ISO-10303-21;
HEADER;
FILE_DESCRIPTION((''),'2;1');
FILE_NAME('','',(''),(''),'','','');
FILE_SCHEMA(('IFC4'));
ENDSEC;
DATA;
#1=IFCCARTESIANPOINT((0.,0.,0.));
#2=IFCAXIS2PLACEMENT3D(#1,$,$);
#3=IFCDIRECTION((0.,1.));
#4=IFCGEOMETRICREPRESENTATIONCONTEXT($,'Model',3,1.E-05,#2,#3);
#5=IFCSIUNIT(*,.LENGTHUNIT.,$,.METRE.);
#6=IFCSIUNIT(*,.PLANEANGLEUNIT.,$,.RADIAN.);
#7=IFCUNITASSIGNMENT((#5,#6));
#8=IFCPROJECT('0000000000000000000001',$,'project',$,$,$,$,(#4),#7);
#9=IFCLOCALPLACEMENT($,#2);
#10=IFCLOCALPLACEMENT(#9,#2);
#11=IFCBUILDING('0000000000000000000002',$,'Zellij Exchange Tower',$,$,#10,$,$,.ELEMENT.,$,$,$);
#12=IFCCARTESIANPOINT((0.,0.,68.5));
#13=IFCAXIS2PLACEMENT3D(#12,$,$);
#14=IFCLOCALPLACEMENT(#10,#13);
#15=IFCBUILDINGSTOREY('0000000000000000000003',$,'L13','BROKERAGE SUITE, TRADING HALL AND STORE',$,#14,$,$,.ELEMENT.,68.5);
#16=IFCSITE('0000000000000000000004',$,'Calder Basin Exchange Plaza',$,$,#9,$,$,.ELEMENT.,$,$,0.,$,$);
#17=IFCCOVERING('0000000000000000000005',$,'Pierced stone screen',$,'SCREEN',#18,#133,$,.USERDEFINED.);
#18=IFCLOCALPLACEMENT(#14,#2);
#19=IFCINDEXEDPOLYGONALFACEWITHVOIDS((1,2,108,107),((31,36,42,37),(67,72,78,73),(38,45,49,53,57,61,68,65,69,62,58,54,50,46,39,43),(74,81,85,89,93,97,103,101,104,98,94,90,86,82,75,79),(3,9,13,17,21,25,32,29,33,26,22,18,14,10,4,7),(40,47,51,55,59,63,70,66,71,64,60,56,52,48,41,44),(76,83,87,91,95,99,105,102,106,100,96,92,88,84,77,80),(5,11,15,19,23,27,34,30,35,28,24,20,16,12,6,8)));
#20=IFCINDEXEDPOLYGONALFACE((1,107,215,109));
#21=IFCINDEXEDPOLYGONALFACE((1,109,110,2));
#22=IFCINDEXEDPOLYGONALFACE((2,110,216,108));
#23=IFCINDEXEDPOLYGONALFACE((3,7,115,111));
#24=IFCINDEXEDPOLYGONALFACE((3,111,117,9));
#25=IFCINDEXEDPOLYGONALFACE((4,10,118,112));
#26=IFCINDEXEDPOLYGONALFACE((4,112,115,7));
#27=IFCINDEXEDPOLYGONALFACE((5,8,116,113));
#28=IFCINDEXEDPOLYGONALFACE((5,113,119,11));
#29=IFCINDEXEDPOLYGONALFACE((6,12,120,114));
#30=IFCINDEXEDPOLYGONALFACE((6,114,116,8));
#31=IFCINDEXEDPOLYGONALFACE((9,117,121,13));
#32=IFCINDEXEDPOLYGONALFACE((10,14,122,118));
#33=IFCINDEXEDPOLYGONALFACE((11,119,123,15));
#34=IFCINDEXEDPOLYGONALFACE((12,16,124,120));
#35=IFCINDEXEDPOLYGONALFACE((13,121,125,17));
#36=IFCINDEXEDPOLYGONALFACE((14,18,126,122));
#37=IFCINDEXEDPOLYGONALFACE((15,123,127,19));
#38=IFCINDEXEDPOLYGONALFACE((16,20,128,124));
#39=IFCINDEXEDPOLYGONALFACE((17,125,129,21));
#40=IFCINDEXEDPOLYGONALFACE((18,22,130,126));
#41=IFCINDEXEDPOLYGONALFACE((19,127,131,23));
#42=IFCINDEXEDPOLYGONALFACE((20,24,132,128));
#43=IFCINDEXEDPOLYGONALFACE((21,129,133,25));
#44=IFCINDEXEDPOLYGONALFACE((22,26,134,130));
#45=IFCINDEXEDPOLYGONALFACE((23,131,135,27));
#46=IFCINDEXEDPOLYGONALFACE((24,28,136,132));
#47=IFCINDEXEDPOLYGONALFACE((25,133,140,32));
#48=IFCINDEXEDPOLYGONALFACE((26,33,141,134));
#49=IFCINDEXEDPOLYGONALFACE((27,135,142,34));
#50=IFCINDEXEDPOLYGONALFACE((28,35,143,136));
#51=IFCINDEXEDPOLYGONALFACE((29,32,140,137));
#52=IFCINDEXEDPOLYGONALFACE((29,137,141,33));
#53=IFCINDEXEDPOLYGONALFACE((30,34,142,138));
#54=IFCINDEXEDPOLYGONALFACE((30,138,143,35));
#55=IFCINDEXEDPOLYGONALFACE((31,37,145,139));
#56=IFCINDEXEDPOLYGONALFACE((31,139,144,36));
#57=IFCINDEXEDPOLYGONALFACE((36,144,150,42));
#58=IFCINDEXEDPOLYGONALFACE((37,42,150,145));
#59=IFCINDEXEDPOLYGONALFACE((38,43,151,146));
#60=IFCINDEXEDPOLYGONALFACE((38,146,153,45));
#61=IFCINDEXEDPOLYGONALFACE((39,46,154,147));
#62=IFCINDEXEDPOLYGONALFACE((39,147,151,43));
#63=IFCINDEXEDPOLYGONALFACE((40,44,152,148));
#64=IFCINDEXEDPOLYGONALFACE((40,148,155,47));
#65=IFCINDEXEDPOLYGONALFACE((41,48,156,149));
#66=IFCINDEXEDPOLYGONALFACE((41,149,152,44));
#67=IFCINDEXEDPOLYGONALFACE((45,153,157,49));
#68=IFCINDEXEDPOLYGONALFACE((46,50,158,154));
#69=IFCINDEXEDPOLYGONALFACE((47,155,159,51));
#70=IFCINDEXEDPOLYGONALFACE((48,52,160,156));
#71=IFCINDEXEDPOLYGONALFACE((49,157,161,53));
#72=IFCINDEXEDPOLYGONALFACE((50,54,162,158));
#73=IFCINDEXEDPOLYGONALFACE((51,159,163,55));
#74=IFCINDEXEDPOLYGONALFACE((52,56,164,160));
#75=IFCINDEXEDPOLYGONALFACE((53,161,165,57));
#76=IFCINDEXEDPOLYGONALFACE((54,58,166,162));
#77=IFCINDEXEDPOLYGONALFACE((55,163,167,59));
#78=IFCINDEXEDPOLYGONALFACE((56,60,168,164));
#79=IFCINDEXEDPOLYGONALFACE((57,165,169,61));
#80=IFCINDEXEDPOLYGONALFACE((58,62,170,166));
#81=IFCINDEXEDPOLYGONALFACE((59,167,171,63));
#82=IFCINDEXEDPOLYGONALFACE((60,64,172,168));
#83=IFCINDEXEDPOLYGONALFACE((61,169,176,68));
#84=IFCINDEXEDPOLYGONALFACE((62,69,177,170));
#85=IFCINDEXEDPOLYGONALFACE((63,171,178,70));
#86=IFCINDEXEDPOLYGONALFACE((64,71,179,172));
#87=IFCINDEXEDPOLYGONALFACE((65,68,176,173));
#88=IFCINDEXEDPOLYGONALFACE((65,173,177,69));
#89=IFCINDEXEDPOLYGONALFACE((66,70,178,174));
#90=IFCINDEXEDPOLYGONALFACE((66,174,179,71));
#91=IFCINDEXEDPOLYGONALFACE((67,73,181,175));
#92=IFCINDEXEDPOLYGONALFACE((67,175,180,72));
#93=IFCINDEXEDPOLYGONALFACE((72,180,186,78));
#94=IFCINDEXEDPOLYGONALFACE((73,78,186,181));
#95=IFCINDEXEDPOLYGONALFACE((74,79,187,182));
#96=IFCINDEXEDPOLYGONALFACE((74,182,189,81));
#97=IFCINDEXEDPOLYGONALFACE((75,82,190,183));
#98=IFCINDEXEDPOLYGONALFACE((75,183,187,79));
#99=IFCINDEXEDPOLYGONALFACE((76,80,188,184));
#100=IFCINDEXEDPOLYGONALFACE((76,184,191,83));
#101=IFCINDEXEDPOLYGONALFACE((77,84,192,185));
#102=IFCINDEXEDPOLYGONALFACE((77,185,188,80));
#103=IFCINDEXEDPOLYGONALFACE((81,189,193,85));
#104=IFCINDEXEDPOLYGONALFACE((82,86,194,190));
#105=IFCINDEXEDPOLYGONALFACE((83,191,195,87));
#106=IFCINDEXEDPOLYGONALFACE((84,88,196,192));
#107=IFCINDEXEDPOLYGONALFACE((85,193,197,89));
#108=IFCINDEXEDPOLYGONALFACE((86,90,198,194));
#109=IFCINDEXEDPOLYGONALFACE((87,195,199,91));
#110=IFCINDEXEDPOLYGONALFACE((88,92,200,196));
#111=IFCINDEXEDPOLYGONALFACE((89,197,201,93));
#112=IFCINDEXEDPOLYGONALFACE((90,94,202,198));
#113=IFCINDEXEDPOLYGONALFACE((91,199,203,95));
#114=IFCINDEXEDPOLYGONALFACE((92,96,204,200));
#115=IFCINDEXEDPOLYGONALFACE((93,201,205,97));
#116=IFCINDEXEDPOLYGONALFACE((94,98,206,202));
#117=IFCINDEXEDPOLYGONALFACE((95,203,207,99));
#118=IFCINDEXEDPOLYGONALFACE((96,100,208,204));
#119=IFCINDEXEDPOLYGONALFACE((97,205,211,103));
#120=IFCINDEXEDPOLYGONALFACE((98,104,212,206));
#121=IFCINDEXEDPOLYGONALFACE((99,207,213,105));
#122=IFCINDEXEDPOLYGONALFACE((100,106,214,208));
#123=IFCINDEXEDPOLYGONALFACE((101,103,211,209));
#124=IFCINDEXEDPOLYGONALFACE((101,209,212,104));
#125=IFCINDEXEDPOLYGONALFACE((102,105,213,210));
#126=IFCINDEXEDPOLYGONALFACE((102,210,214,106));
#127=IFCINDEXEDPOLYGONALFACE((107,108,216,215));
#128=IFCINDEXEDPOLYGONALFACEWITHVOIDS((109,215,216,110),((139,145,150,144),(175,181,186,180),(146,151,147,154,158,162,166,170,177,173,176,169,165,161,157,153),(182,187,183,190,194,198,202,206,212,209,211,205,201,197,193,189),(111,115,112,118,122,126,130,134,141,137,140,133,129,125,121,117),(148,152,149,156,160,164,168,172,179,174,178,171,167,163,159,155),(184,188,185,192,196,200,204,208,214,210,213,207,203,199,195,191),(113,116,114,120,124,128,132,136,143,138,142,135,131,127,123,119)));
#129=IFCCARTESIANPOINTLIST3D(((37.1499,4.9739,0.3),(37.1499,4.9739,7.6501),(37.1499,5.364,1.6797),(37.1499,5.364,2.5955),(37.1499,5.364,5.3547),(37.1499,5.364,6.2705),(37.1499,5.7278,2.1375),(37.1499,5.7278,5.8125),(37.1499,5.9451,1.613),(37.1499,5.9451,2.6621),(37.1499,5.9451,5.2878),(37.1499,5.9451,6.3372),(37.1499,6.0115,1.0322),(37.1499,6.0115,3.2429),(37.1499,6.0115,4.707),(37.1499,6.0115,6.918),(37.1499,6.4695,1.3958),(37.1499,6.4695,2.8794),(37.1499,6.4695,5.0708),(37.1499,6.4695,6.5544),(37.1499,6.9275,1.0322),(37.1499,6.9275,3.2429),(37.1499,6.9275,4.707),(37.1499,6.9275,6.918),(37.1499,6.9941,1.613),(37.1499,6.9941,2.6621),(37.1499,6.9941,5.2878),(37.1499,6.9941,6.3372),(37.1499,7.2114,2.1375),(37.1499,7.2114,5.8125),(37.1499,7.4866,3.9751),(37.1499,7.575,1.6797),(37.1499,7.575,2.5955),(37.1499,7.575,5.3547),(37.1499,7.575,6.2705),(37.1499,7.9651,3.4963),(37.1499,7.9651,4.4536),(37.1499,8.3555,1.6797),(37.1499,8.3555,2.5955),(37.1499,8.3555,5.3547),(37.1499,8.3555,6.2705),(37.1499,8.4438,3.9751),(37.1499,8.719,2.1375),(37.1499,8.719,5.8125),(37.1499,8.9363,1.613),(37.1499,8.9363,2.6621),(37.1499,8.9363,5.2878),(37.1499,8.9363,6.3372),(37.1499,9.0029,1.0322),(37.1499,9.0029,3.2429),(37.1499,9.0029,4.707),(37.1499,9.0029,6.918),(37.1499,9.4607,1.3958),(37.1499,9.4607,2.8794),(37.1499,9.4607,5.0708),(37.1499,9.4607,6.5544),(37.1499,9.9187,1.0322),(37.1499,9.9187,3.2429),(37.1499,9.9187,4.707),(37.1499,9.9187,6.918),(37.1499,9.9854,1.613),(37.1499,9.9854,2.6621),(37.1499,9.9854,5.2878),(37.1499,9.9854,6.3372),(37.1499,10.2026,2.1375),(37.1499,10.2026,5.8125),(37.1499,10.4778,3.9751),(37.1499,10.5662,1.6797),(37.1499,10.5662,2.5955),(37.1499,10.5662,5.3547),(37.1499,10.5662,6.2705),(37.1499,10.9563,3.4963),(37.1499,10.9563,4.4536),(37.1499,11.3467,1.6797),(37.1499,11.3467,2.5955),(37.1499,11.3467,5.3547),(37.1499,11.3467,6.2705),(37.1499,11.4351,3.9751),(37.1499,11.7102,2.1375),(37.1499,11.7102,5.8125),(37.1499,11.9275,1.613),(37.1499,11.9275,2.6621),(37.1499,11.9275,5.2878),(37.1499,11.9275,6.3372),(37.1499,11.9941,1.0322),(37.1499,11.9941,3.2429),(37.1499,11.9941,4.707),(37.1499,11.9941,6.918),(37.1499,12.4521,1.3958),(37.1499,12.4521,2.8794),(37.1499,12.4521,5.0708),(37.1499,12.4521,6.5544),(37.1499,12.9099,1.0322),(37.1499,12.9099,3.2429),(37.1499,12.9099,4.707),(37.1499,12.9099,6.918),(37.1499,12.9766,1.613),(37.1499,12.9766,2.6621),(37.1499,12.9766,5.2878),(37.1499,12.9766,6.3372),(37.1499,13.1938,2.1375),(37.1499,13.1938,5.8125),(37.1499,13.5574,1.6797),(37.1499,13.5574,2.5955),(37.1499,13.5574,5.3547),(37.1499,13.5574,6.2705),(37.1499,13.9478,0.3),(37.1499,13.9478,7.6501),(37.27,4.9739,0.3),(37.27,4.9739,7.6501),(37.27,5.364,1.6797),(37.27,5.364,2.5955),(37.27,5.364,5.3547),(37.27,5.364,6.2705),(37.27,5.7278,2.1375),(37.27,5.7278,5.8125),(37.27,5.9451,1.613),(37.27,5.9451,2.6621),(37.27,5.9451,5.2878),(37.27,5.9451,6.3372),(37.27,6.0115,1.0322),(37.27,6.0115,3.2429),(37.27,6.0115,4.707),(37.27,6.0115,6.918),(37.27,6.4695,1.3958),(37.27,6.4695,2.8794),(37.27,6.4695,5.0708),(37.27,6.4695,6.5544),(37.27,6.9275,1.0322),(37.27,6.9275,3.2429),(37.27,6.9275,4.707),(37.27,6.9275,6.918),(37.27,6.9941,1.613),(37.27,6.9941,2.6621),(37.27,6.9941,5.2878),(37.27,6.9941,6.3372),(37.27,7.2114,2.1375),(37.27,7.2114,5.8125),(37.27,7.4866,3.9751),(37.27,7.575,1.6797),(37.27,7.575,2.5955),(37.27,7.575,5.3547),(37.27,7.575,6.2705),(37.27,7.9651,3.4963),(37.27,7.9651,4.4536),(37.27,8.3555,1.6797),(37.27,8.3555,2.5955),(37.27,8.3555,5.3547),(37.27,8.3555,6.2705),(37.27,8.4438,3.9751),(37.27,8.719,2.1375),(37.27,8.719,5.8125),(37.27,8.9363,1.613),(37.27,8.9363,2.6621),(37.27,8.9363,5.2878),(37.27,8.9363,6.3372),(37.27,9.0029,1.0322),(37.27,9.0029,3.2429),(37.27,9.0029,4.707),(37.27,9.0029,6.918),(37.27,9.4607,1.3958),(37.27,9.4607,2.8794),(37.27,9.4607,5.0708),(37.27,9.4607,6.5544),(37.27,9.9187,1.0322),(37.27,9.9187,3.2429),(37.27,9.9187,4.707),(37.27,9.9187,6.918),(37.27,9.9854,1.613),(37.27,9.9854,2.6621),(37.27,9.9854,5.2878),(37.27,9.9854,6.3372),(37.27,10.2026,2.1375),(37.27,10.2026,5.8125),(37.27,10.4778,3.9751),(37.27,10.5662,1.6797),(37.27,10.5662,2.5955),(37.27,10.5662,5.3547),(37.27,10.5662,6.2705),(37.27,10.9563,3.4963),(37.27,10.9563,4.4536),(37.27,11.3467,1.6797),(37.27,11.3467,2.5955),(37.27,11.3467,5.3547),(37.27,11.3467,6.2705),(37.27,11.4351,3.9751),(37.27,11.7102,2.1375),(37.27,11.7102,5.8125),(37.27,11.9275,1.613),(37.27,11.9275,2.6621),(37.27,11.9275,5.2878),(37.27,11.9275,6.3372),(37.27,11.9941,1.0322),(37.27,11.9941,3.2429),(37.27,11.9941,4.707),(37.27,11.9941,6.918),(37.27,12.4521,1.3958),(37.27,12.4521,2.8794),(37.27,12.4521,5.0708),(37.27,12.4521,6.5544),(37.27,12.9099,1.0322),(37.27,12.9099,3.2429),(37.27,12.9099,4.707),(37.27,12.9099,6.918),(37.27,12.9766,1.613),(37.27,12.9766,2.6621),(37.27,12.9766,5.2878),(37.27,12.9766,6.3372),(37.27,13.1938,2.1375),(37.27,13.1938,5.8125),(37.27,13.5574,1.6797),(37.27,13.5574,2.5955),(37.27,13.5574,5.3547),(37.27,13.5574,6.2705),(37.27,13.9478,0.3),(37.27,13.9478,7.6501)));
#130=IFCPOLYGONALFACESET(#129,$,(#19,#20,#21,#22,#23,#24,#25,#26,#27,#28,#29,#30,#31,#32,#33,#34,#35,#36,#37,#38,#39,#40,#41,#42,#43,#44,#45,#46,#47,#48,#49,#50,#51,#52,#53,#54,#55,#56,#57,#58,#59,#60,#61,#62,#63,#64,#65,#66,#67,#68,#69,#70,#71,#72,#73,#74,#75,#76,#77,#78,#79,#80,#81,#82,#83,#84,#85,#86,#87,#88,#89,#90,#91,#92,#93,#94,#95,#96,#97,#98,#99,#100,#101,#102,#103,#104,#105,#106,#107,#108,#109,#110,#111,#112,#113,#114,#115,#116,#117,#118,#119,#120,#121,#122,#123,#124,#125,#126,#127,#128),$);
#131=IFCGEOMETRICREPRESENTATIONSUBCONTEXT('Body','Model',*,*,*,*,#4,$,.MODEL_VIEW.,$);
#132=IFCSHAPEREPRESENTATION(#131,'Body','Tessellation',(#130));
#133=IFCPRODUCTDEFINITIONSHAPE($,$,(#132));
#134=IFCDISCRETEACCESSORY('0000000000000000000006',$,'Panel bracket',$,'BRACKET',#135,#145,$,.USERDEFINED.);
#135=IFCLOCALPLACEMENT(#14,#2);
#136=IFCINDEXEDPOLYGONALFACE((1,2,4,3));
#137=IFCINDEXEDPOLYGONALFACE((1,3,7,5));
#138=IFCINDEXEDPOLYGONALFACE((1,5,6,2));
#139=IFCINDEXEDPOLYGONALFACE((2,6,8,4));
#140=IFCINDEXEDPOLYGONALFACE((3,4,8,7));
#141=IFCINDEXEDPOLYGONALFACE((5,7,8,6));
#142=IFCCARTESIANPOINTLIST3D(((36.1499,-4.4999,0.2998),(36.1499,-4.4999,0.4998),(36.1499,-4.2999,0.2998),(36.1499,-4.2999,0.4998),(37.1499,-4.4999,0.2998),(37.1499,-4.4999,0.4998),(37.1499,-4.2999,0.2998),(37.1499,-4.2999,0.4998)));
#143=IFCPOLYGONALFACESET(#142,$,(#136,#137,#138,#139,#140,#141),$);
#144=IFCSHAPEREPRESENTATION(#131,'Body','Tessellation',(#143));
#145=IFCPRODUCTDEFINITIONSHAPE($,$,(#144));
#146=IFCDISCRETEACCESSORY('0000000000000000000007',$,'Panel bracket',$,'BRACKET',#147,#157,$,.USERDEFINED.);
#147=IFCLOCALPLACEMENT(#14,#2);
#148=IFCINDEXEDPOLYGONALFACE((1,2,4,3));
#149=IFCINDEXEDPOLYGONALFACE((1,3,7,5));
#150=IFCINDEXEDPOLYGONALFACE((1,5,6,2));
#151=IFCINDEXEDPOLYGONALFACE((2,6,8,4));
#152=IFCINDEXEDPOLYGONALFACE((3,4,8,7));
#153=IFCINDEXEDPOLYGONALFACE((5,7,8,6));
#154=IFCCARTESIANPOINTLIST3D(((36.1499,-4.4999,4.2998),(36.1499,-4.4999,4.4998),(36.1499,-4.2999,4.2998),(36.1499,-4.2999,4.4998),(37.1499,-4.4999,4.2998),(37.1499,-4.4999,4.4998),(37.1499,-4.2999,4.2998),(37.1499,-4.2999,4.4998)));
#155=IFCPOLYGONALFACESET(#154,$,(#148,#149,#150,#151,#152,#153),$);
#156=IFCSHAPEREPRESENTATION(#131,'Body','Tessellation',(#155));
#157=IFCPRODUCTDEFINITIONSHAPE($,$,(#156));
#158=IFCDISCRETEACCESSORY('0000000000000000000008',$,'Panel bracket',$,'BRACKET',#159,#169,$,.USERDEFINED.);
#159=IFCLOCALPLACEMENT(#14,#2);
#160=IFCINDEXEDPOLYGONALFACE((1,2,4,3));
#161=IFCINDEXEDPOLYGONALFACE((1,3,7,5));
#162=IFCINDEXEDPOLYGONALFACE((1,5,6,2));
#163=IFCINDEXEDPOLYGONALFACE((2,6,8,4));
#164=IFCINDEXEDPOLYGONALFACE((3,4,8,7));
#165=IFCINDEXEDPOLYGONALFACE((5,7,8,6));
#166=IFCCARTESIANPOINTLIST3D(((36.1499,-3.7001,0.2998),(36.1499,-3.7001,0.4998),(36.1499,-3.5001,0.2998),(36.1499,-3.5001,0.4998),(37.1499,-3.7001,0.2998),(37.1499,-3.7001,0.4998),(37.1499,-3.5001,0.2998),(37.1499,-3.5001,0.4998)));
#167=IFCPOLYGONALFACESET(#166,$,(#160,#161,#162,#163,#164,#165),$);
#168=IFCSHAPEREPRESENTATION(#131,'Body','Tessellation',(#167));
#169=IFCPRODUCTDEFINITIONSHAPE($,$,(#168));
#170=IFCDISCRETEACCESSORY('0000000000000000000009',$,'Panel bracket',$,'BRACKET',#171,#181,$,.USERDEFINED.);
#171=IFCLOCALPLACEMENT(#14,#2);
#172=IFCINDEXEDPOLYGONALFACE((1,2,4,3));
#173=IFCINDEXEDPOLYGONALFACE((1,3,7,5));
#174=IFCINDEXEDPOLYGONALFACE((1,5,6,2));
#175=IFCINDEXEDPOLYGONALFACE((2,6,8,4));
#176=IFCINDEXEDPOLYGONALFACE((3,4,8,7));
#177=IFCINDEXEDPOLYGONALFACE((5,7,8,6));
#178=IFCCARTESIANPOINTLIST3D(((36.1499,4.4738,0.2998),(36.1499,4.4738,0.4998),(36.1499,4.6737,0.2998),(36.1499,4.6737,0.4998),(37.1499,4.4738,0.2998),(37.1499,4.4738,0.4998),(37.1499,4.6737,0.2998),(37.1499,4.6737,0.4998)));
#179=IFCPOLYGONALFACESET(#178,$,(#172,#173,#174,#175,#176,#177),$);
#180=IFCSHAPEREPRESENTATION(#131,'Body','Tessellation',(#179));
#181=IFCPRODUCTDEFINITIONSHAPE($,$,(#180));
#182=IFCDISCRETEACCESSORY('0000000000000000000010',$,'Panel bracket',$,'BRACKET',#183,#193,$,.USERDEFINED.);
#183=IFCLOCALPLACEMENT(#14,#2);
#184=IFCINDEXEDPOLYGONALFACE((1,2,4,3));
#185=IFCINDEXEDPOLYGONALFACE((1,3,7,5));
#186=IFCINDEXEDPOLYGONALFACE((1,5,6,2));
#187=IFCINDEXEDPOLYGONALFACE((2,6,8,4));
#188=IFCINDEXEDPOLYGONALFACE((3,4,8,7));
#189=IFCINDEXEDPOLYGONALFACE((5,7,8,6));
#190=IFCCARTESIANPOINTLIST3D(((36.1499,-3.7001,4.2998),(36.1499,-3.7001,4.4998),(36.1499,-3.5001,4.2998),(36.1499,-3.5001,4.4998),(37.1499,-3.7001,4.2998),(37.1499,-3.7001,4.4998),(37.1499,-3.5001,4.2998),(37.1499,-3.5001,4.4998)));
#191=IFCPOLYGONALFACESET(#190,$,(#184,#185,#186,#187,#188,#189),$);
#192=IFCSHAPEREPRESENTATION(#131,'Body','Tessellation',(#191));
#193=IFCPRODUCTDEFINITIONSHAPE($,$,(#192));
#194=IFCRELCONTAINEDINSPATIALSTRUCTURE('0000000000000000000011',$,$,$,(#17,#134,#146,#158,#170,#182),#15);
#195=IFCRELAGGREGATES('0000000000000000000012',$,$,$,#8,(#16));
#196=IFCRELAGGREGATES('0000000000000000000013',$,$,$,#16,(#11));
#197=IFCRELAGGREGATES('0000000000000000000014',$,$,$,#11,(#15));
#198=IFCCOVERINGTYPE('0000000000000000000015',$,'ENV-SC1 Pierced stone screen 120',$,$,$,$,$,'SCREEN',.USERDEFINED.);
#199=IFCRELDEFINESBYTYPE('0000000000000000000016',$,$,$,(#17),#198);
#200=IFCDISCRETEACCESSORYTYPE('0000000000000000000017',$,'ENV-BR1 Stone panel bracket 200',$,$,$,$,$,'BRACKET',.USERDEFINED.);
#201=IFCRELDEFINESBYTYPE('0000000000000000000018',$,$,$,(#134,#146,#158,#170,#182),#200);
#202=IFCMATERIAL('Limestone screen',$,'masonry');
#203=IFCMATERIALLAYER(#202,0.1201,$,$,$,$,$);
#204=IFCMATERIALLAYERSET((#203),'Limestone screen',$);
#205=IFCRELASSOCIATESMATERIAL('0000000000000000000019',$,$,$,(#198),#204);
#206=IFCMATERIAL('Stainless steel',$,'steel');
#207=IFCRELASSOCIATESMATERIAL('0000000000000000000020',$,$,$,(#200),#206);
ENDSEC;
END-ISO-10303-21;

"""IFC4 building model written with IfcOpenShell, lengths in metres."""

from ifc_helpers import new_model, si_unit, direction, frame, origin, origin_2d, place, context, subcontext, project, spatial, polyline, rectangle, outline, extrude, material, layer, layer_set, type_object, element, save


model = new_model("IFC4")

# Units and contexts
model_context = context("Model", 3, precision=1e-05, world=origin(), true_north=direction((0.0, 1.0)))
body_context = subcontext(model_context, "Body", "Model", "MODEL_VIEW")
ifc_project = project(units=[si_unit("LENGTHUNIT", "METRE"), si_unit("PLANEANGLEUNIT", "RADIAN")], contexts=[model_context])

# Site, building, storey
site_placement = place(None, origin())
site = spatial("IfcSite", under=ifc_project, at=site_placement, Name="Calder Basin Exchange Plaza", CompositionType="ELEMENT", RefElevation=0.0)
building_placement = place(site_placement, origin())
building = spatial("IfcBuilding", under=site, at=building_placement, Name="Zellij Exchange Tower", CompositionType="ELEMENT")
storey_placement = place(building_placement, frame((0.0, 0.0, 68.5)))
storey = spatial("IfcBuildingStorey", under=building, at=storey_placement, Name="L13", Description="BROKERAGE SUITE, TRADING HALL AND STORE", CompositionType="ELEMENT", Elevation=68.5)

# Covering
ifc_material_1 = material(Name="Limestone screen", Category="masonry")
ifc_layer_1 = layer(ifc_material_1, 0.1201)
ifc_layer_set_1 = layer_set([ifc_layer_1], Name="Limestone screen")
covering_type = type_object("IfcCoveringType", Name="ENV-SC1 Pierced stone screen 120", ElementType="SCREEN", PredefinedType="USERDEFINED", material=ifc_layer_set_1)
covering_1_placement = place(storey_placement, frame((37.21, 4.9739, 0.3), z_axis=(0.0, 0.0, 1.0), x_axis=(0.0, 1.0, 0.0)))
element("IfcCovering", 1, at=covering_1_placement, inside=storey, type_object=covering_type, Name="Pierced stone screen", ObjectType="SCREEN", PredefinedType="USERDEFINED", context=body_context, shape_type="SweptSolid", body=[
    extrude(outline(polyline([(0.0, 0.0), (8.9739, 0.0), (8.9739, 7.3501), (0.0, 7.3501), (0.0, 0.0)]), holes=[polyline([(2.6011, 2.2954), (2.0203, 2.3621), (1.9536, 2.9429), (1.4956, 2.5793), (1.0376, 2.9429), (0.9712, 2.3621), (0.3901, 2.2954), (0.7539, 1.8374), (0.3901, 1.3796), (0.9712, 1.313), (1.0376, 0.7322), (1.4956, 1.0957), (1.9536, 0.7322), (2.0203, 1.313), (2.6011, 1.3796), (2.2375, 1.8374), (2.6011, 2.2954)]), polyline([(2.6011, 5.9705), (2.0203, 6.0371), (1.9536, 6.6179), (1.4956, 6.2544), (1.0376, 6.6179), (0.9712, 6.0371), (0.3901, 5.9705), (0.7539, 5.5125), (0.3901, 5.0547), (0.9712, 4.9878), (1.0376, 4.407), (1.4956, 4.7708), (1.9536, 4.407), (2.0203, 4.9878), (2.6011, 5.0547), (2.2375, 5.5125), (2.6011, 5.9705)]), polyline([(5.5923, 2.2954), (5.0115, 2.3621), (4.9448, 2.9429), (4.4868, 2.5793), (4.0291, 2.9429), (3.9624, 2.3621), (3.3816, 2.2954), (3.7451, 1.8374), (3.3816, 1.3796), (3.9624, 1.313), (4.0291, 0.7322), (4.4868, 1.0957), (4.9448, 0.7322), (5.0115, 1.313), (5.5923, 1.3796), (5.2288, 1.8374), (5.5923, 2.2954)]), polyline([(5.5923, 5.9705), (5.0115, 6.0371), (4.9448, 6.6179), (4.4868, 6.2544), (4.0291, 6.6179), (3.9624, 6.0371), (3.3816, 5.9705), (3.7451, 5.5125), (3.3816, 5.0547), (3.9624, 4.9878), (4.0291, 4.407), (4.4868, 4.7708), (4.9448, 4.407), (5.0115, 4.9878), (5.5923, 5.0547), (5.2288, 5.5125), (5.5923, 5.9705)]), polyline([(8.5835, 2.2954), (8.0027, 2.3621), (7.936, 2.9429), (7.4783, 2.5793), (7.0203, 2.9429), (6.9536, 2.3621), (6.3728, 2.2954), (6.7363, 1.8374), (6.3728, 1.3796), (6.9536, 1.313), (7.0203, 0.7322), (7.4783, 1.0957), (7.936, 0.7322), (8.0027, 1.313), (8.5835, 1.3796), (8.22, 1.8374), (8.5835, 2.2954)]), polyline([(8.5835, 5.9705), (8.0027, 6.0371), (7.936, 6.6179), (7.4783, 6.2544), (7.0203, 6.6179), (6.9536, 6.0371), (6.3728, 5.9705), (6.7363, 5.5125), (6.3728, 5.0547), (6.9536, 4.9878), (7.0203, 4.407), (7.4783, 4.7708), (7.936, 4.407), (8.0027, 4.9878), (8.5835, 5.0547), (8.22, 5.5125), (8.5835, 5.9705)]), polyline([(3.47, 3.675), (2.9912, 4.1536), (2.5127, 3.675), (2.9912, 3.1963), (3.47, 3.675)]), polyline([(6.4612, 3.675), (5.9824, 4.1536), (5.5039, 3.675), (5.9824, 3.1963), (6.4612, 3.675)])]), frame((0.0, 0.0601, 0.0), z_axis=(0.0, -1.0, 0.0), x_axis=(1.0, 0.0, 0.0)), (0.0, 0.0, 1.0), 0.1201),
])

# Discrete accessories
ifc_material_2 = material(Name="Stainless steel", Category="steel")
discrete_accessory_type = type_object("IfcDiscreteAccessoryType", Name="ENV-BR1 Stone panel bracket 200", ElementType="BRACKET", PredefinedType="USERDEFINED", material=ifc_material_2)
for number, where, z_axis, x_axis, name in (
    (2, (36.6499, -4.3999, 0.2998), (0.0, 0.0, 1.0), (0.0, 1.0, 0.0), "Panel bracket"),
    (3, (36.6499, -4.3999, 4.2998), (0.0, 0.0, 1.0), (0.0, 1.0, 0.0), "Panel bracket"),
    (4, (36.6499, -3.6001, 0.2998), (0.0, 0.0, 1.0), (0.0, 1.0, 0.0), "Panel bracket"),
    (5, (36.6499, 4.5737, 0.2998), (0.0, 0.0, 1.0), (0.0, 1.0, 0.0), "Panel bracket"),
    (6, (36.6499, -3.6001, 4.2998), (0.0, 0.0, 1.0), (0.0, 1.0, 0.0), "Panel bracket"),
):
    element("IfcDiscreteAccessory", number, at=place(storey_placement, frame(where, z_axis=z_axis, x_axis=x_axis)), inside=storey, type_object=discrete_accessory_type, Name=name, ObjectType="BRACKET", PredefinedType="USERDEFINED", context=body_context, shape_type="SweptSolid", body=[
        extrude(rectangle(XDim=0.2, YDim=1.0, at=origin_2d()), origin(), (0.0, 0.0, 1.0), 0.2),
    ])

save(model, "model.ifc")
